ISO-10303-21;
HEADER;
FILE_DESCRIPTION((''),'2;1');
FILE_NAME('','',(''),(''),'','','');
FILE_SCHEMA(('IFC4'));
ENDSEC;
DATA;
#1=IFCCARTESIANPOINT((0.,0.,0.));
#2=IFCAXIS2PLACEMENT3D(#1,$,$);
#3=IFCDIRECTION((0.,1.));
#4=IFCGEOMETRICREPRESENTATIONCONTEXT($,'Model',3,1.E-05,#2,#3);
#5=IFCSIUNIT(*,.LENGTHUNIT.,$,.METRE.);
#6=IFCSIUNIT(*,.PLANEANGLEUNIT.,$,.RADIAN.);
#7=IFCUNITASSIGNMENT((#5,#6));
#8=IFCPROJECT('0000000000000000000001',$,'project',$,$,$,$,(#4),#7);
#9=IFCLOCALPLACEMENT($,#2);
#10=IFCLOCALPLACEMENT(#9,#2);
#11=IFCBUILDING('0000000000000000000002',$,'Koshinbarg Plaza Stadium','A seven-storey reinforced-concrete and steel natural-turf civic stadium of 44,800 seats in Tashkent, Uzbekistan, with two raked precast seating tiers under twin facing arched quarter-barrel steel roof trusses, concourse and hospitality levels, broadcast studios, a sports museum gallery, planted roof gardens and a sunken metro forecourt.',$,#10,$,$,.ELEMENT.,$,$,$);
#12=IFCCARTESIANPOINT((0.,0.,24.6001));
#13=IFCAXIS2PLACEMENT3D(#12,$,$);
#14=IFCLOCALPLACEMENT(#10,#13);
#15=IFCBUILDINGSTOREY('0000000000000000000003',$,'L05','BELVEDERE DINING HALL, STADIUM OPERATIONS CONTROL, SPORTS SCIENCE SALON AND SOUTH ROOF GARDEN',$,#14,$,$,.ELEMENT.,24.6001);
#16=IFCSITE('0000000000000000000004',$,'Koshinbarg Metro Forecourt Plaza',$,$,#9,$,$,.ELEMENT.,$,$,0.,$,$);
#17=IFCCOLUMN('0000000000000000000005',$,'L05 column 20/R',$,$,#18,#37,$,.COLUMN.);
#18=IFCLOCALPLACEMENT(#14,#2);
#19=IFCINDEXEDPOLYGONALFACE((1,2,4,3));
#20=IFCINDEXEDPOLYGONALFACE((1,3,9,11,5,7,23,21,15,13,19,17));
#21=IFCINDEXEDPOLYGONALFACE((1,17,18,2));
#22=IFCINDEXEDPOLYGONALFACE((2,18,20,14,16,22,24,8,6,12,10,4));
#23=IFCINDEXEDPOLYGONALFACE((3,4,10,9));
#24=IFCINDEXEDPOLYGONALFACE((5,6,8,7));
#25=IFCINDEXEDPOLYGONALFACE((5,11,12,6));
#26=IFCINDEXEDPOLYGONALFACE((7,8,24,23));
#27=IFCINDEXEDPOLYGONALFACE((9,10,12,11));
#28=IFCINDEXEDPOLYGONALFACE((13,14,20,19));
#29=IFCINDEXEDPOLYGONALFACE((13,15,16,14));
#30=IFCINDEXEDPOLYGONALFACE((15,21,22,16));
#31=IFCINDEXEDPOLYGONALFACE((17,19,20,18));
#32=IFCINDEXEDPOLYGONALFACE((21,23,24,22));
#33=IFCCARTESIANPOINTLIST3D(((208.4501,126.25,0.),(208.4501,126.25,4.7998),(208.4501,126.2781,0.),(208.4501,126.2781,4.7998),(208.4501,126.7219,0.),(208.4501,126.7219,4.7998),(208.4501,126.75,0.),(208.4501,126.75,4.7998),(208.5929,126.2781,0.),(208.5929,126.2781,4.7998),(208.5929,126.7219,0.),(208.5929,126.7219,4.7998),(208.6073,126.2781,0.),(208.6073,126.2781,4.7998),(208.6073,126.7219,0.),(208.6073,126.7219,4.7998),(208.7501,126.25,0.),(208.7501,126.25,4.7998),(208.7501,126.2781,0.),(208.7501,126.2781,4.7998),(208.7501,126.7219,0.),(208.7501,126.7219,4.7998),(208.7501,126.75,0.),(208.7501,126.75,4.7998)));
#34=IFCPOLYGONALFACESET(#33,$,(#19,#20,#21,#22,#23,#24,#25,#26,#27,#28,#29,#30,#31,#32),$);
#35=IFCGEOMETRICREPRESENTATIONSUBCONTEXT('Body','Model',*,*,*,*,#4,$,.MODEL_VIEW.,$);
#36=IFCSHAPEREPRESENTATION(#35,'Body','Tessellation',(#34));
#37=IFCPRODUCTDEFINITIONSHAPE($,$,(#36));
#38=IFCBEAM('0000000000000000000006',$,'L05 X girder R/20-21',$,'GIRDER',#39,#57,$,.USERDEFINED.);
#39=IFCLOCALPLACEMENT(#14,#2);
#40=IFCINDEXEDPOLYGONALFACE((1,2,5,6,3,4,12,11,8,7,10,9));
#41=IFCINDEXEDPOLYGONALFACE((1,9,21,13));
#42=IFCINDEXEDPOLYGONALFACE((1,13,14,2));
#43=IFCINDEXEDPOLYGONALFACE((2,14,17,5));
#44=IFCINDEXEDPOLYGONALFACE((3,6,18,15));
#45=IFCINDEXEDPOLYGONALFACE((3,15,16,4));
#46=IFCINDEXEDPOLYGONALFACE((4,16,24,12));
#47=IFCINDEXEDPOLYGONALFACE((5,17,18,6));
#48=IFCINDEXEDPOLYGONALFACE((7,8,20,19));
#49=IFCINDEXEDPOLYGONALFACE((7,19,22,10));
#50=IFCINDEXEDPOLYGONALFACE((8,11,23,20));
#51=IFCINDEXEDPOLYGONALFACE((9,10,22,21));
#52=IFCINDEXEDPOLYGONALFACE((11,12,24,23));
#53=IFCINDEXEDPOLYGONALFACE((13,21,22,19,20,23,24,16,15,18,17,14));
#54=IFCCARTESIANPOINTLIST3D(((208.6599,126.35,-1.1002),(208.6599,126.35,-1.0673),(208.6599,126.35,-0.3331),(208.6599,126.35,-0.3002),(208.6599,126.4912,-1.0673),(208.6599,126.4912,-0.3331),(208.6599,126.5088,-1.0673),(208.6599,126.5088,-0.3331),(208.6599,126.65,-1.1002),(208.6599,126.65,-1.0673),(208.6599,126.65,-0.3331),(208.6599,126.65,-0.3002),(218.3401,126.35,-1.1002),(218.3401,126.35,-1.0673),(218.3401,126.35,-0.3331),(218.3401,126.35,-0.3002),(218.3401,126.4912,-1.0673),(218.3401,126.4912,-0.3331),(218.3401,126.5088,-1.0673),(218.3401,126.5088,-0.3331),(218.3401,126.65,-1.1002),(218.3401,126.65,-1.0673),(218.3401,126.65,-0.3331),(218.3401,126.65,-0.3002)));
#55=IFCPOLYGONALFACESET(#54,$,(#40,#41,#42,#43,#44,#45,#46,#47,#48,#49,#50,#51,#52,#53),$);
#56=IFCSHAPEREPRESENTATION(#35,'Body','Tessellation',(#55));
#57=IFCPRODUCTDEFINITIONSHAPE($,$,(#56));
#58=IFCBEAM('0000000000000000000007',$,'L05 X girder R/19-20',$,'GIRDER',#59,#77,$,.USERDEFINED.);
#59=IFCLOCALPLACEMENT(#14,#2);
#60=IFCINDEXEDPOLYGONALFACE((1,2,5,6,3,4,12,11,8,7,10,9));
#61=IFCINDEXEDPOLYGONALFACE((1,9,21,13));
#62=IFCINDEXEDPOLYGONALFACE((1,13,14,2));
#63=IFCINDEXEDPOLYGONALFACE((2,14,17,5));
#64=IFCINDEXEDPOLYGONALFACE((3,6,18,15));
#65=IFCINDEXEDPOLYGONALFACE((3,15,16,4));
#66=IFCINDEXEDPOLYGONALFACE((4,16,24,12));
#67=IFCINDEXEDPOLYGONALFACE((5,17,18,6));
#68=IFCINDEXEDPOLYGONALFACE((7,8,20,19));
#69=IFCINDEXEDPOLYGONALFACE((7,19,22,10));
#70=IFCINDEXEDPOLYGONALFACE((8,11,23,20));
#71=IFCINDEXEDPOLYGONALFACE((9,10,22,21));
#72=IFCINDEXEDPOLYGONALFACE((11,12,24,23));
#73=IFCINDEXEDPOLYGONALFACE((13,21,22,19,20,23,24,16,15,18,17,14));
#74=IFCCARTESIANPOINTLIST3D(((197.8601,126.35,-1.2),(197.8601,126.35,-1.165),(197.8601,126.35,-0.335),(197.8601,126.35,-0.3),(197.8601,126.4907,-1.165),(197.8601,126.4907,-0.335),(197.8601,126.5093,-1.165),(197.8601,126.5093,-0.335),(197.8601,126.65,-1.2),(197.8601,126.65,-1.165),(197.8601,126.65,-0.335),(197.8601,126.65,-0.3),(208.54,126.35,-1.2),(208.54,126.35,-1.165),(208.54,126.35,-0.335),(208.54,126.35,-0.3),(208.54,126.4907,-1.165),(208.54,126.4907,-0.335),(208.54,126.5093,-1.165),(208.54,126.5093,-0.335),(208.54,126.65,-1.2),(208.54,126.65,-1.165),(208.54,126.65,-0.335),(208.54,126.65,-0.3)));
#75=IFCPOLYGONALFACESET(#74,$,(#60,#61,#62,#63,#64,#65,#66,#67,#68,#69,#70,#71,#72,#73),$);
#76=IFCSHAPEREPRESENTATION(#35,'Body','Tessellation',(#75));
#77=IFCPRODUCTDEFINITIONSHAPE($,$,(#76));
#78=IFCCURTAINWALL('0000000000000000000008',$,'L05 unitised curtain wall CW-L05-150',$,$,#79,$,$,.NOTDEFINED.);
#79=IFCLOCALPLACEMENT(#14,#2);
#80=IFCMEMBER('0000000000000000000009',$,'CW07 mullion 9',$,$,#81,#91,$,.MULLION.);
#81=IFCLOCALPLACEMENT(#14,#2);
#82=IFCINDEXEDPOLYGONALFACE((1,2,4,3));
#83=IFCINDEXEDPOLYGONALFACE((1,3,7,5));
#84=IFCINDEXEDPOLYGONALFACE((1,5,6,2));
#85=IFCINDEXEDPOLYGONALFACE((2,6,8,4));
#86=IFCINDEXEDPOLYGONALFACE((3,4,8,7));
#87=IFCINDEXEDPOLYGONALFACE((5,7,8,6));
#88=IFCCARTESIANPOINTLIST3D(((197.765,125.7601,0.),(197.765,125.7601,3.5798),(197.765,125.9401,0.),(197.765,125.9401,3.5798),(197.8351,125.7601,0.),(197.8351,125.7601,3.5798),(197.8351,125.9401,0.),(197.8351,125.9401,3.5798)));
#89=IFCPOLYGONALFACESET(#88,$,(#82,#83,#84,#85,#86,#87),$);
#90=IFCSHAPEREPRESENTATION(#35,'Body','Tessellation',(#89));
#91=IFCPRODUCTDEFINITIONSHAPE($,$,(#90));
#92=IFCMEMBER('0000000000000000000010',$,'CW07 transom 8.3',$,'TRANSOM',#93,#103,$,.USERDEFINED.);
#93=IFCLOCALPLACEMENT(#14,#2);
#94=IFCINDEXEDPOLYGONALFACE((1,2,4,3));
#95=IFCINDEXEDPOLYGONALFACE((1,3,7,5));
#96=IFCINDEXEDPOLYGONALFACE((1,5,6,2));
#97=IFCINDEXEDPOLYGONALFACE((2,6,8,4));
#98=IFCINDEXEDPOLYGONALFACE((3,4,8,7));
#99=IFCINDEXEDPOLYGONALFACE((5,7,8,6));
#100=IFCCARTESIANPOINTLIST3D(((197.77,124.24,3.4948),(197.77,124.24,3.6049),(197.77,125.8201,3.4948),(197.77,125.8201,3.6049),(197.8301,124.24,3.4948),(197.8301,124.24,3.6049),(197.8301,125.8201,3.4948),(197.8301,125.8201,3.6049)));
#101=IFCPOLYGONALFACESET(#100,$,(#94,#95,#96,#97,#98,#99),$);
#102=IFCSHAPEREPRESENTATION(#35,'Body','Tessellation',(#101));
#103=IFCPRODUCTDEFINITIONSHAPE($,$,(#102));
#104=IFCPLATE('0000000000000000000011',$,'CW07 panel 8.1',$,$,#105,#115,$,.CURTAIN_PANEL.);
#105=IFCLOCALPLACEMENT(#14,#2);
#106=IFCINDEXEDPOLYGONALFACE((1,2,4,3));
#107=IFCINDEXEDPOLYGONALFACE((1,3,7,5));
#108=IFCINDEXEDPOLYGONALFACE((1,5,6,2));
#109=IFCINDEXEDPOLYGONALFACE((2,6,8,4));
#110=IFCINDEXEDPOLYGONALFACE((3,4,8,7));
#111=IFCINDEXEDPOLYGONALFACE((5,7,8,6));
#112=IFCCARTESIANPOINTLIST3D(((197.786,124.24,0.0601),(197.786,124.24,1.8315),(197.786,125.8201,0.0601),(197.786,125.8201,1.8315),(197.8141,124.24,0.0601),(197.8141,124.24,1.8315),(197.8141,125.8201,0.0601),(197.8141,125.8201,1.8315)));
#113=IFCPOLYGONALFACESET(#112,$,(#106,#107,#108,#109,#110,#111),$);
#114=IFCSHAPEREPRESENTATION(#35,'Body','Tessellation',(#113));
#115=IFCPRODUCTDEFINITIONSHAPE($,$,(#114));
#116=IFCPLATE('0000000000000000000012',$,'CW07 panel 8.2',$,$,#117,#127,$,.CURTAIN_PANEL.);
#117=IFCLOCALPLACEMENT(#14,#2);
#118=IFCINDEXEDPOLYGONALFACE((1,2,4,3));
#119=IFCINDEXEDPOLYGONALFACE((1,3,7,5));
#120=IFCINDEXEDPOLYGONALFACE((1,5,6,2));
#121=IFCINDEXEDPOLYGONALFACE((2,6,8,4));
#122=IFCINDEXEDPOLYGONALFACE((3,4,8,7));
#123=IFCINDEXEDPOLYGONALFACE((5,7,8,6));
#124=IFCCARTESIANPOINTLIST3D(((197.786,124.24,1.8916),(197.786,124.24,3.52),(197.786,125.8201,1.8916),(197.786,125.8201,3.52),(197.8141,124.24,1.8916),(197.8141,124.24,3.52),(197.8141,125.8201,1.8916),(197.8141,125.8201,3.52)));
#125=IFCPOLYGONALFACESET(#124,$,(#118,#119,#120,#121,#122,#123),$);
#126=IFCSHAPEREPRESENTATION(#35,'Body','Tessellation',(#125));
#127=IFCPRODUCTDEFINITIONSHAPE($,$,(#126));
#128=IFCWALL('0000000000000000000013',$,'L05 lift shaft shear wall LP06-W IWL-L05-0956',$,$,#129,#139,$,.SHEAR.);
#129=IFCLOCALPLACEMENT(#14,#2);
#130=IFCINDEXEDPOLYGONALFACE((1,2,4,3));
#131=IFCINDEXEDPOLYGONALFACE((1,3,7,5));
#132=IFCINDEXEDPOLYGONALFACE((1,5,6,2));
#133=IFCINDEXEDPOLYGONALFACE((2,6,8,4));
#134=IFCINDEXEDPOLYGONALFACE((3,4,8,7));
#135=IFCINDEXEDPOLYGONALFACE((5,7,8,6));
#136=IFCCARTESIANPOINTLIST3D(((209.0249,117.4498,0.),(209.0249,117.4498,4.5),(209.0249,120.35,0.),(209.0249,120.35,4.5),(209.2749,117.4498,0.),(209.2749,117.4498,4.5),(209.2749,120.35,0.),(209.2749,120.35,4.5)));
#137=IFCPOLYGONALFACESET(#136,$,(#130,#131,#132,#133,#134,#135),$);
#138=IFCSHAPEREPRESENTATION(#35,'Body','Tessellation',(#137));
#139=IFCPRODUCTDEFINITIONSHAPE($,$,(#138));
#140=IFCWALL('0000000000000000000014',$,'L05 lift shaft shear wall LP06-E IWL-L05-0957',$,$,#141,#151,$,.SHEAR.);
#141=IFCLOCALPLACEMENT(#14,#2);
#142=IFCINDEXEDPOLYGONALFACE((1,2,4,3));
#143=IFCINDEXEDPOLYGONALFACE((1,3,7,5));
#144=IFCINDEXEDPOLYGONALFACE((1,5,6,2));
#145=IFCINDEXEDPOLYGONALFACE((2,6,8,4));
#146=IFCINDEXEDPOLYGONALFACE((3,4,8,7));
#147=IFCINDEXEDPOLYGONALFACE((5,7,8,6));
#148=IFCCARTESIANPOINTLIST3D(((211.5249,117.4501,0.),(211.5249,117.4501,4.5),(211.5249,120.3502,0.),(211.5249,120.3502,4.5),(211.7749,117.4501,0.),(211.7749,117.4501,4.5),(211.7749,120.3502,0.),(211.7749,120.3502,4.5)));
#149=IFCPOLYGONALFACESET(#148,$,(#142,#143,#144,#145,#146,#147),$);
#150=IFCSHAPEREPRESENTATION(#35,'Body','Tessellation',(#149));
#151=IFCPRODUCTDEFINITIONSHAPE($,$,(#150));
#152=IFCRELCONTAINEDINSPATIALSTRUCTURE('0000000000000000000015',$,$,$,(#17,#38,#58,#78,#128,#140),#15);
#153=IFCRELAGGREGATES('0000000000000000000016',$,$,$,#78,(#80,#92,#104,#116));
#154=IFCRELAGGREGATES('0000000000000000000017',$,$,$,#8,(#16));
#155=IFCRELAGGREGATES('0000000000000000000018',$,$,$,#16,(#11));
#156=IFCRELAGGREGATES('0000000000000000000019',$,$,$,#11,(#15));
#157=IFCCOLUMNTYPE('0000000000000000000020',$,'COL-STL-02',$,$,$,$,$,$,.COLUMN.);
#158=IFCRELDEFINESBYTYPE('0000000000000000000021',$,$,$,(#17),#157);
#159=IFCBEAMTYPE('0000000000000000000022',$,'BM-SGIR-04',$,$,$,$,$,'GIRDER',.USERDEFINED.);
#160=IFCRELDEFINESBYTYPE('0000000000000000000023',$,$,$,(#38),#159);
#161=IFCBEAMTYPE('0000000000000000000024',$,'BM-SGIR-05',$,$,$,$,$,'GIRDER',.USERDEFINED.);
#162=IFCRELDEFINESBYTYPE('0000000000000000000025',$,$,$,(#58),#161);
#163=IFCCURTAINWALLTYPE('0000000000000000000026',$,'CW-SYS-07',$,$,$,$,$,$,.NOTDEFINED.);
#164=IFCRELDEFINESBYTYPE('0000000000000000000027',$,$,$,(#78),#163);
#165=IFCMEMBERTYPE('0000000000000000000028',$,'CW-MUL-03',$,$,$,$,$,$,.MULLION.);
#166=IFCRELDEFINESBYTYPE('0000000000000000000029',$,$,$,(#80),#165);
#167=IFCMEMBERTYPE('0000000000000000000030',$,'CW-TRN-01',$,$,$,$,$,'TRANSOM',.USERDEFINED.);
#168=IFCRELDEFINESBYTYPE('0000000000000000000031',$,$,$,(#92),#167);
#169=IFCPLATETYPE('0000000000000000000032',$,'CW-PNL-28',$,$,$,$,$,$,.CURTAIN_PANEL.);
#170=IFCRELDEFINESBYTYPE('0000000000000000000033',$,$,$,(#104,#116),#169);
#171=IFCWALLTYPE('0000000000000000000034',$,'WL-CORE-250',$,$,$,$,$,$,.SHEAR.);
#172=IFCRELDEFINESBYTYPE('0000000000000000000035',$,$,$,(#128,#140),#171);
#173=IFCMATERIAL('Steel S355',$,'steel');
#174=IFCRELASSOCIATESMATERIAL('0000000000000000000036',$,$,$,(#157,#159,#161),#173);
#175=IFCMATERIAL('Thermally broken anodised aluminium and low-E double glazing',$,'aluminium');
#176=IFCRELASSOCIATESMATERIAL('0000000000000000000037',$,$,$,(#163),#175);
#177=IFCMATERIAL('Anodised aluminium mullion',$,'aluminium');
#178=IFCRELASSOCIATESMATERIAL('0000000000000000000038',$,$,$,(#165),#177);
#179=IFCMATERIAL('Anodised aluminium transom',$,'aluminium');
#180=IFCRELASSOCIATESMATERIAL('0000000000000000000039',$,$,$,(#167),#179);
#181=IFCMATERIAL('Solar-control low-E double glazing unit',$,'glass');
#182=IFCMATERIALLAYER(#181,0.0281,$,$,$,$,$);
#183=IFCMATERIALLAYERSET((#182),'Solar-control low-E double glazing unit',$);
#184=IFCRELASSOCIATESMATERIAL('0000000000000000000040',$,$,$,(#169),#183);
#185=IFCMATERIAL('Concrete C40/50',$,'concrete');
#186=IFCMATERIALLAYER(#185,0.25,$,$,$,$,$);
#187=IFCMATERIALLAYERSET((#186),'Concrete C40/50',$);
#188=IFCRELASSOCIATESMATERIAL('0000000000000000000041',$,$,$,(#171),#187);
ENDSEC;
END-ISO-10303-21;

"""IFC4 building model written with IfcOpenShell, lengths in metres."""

from ifc_helpers import new_model, si_unit, direction, frame, frame_2d, origin, origin_2d, place, context, subcontext, project, spatial, rectangle, i_section, extrude, material, layer, layer_set, material_profile, profile_set, type_object, element, aggregate, save


model = new_model("IFC4")

# Units and contexts
model_context = context("Model", 3, precision=1e-05, world=origin(), true_north=direction((0.0, 1.0)))
body_context = subcontext(model_context, "Body", "Model", "MODEL_VIEW")
ifc_project = project(units=[si_unit("LENGTHUNIT", "METRE"), si_unit("PLANEANGLEUNIT", "RADIAN")], contexts=[model_context])

# Site, building, storey
site_placement = place(None, origin())
site = spatial("IfcSite", under=ifc_project, at=site_placement, Name="Koshinbarg Metro Forecourt Plaza", CompositionType="ELEMENT", RefElevation=0.0)
building_placement = place(site_placement, origin())
building = spatial("IfcBuilding", under=site, at=building_placement, Name="Koshinbarg Plaza Stadium", Description="A seven-storey reinforced-concrete and steel natural-turf civic stadium of 44,800 seats in Tashkent, Uzbekistan, with two raked precast seating tiers under twin facing arched quarter-barrel steel roof trusses, concourse and hospitality levels, broadcast studios, a sports museum gallery, planted roof gardens and a sunken metro forecourt.", CompositionType="ELEMENT")
storey_placement = place(building_placement, frame((0.0, 0.0, 24.6001)))
storey = spatial("IfcBuildingStorey", under=building, at=storey_placement, Name="L05", Description="BELVEDERE DINING HALL, STADIUM OPERATIONS CONTROL, SPORTS SCIENCE SALON AND SOUTH ROOF GARDEN", CompositionType="ELEMENT", Elevation=24.6001)

# Column
ifc_material_1 = material(Name="Steel S355", Category="steel")
ifc_material_profile_1 = material_profile(ifc_material_1, i_section(OverallWidth=0.3, OverallDepth=0.5, WebThickness=0.0144, FlangeThickness=0.0281, at=origin_2d()), Name="HEB 500")
ifc_profile_set_1 = profile_set([ifc_material_profile_1], Name="Steel S355")
column_type = type_object("IfcColumnType", Name="COL-STL-02", PredefinedType="COLUMN", material=ifc_profile_set_1)
column_placement = place(storey_placement, frame((208.6001, 126.5, 0.0), z_axis=(0.0, 0.0, 1.0), x_axis=(1.0, 0.0, 0.0)))
element("IfcColumn", 1, at=column_placement, inside=storey, type_object=column_type, Name="L05 column 20/R", PredefinedType="COLUMN", context=body_context, shape_type="SweptSolid", body=[
    extrude(i_section(OverallWidth=0.3, OverallDepth=0.5, WebThickness=0.0144, FlangeThickness=0.0281, at=origin_2d()), origin(), (0.0, 0.0, 1.0), 4.7998),
])

# Beams
ifc_material_profile_2 = material_profile(ifc_material_1, i_section(OverallWidth=0.3, OverallDepth=0.8, WebThickness=0.0176, FlangeThickness=0.033, at=origin_2d()), Name="HEB 800")
ifc_profile_set_2 = profile_set([ifc_material_profile_2], Name="Steel S355")
beam_type_1 = type_object("IfcBeamType", Name="BM-SGIR-04", ElementType="GIRDER", PredefinedType="USERDEFINED", material=ifc_profile_set_2)
beam_1_placement = place(storey_placement, frame((208.6599, 126.5, -0.7002), z_axis=(1.0, 0.0, 0.0), x_axis=(0.0, 1.0, 0.0)))
element("IfcBeam", 2, at=beam_1_placement, inside=storey, type_object=beam_type_1, Name="L05 X girder R/20-21", ObjectType="GIRDER", PredefinedType="USERDEFINED", context=body_context, shape_type="SweptSolid", body=[
    extrude(i_section(OverallWidth=0.3, OverallDepth=0.8, WebThickness=0.0176, FlangeThickness=0.033, at=origin_2d()), origin(), (0.0, 0.0, 1.0), 9.6802),
])
ifc_material_profile_3 = material_profile(ifc_material_1, i_section(OverallWidth=0.3, OverallDepth=0.8999, WebThickness=0.0186, FlangeThickness=0.0349, at=origin_2d()), Name="HEB 900")
ifc_profile_set_3 = profile_set([ifc_material_profile_3], Name="Steel S355")
beam_type_2 = type_object("IfcBeamType", Name="BM-SGIR-05", ElementType="GIRDER", PredefinedType="USERDEFINED", material=ifc_profile_set_3)
beam_2_placement = place(storey_placement, frame((197.8601, 126.5, -0.75), z_axis=(1.0, 0.0, 0.0), x_axis=(0.0, 1.0, 0.0)))
element("IfcBeam", 3, at=beam_2_placement, inside=storey, type_object=beam_type_2, Name="L05 X girder R/19-20", ObjectType="GIRDER", PredefinedType="USERDEFINED", context=body_context, shape_type="SweptSolid", body=[
    extrude(i_section(OverallWidth=0.3, OverallDepth=0.8999, WebThickness=0.0186, FlangeThickness=0.0349, at=origin_2d()), origin(), (0.0, 0.0, 1.0), 10.6799),
])

# Curtain wall, members, plates
ifc_material_2 = material(Name="Thermally broken anodised aluminium and low-E double glazing", Category="aluminium")
curtain_wall_type = type_object("IfcCurtainWallType", Name="CW-SYS-07", PredefinedType="NOTDEFINED", material=ifc_material_2)
curtain_wall_placement = place(storey_placement, origin())
curtain_wall = element("IfcCurtainWall", 4, at=curtain_wall_placement, inside=storey, type_object=curtain_wall_type, Name="L05 unitised curtain wall CW-L05-150", PredefinedType="NOTDEFINED")
ifc_material_3 = material(Name="Anodised aluminium mullion", Category="aluminium")
ifc_material_profile_4 = material_profile(ifc_material_3, rectangle(XDim=0.0701, YDim=0.1799, at=origin_2d()), Name="ALU 70x180")
ifc_profile_set_4 = profile_set([ifc_material_profile_4], Name="Anodised aluminium mullion")
member_type_1 = type_object("IfcMemberType", Name="CW-MUL-03", PredefinedType="MULLION", material=ifc_profile_set_4)
member_1_placement = place(storey_placement, frame((197.8, 125.8501, 0.0), z_axis=(0.0, 0.0, 1.0), x_axis=(-1.0, 0.0, 0.0)))
member_1 = element("IfcMember", 5, at=member_1_placement, type_object=member_type_1, Name="CW07 mullion 9", PredefinedType="MULLION", context=body_context, shape_type="SweptSolid", body=[
    extrude(rectangle(XDim=0.0701, YDim=0.1799, at=origin_2d()), origin(), (0.0, 0.0, 1.0), 3.5798),
])
ifc_material_4 = material(Name="Anodised aluminium transom", Category="aluminium")
ifc_material_profile_5 = material_profile(ifc_material_4, rectangle(XDim=0.0601, YDim=0.1101, at=origin_2d()), Name="ALU 60x110")
ifc_profile_set_5 = profile_set([ifc_material_profile_5], Name="Anodised aluminium transom")
member_type_2 = type_object("IfcMemberType", Name="CW-TRN-01", ElementType="TRANSOM", PredefinedType="USERDEFINED", material=ifc_profile_set_5)
member_2_placement = place(storey_placement, frame((197.8, 124.24, 3.5498), z_axis=(0.0, 1.0, 0.0), x_axis=(-1.0, 0.0, 0.0)))
member_2 = element("IfcMember", 6, at=member_2_placement, type_object=member_type_2, Name="CW07 transom 8.3", ObjectType="TRANSOM", PredefinedType="USERDEFINED", context=body_context, shape_type="SweptSolid", body=[
    extrude(rectangle(XDim=0.0601, YDim=0.1101, at=origin_2d()), origin(), (0.0, 0.0, 1.0), 1.5801),
])
ifc_material_5 = material(Name="Solar-control low-E double glazing unit", Category="glass")
ifc_layer_1 = layer(ifc_material_5, 0.0281)
ifc_layer_set_1 = layer_set([ifc_layer_1], Name="Solar-control low-E double glazing unit")
plate_type = type_object("IfcPlateType", Name="CW-PNL-28", PredefinedType="CURTAIN_PANEL", material=ifc_layer_set_1)
plate_1_placement = place(storey_placement, frame((197.8, 125.03, 0.0601), z_axis=(0.0, 0.0, 1.0), x_axis=(0.0, 1.0, 0.0)))
plate_1 = element("IfcPlate", 7, at=plate_1_placement, type_object=plate_type, Name="CW07 panel 8.1", PredefinedType="CURTAIN_PANEL", context=body_context, shape_type="SweptSolid", body=[
    extrude(rectangle(XDim=1.5801, YDim=0.0281, at=origin_2d()), origin(), (0.0, 0.0, 1.0), 1.7715),
])
plate_2_placement = place(storey_placement, frame((197.8, 125.03, 1.8916), z_axis=(0.0, 0.0, 1.0), x_axis=(0.0, 1.0, 0.0)))
plate_2 = element("IfcPlate", 8, at=plate_2_placement, type_object=plate_type, Name="CW07 panel 8.2", PredefinedType="CURTAIN_PANEL", context=body_context, shape_type="SweptSolid", body=[
    extrude(rectangle(XDim=1.5801, YDim=0.0281, at=origin_2d()), origin(), (0.0, 0.0, 1.0), 1.6284),
])
aggregate(curtain_wall, [member_1, member_2, plate_1, plate_2])

# Shared definitions
ifc_material_6 = material(Name="Concrete C40/50", Category="concrete")
ifc_layer_2 = layer(ifc_material_6, 0.25)
ifc_layer_set_2 = layer_set([ifc_layer_2], Name="Concrete C40/50")
wall_type_1 = type_object("IfcWallType", Name="WL-CORE-250", PredefinedType="SHEAR", material=ifc_layer_set_2)

# Walls
for number, where, z_axis, x_axis, name in (
    (9, (209.1499, 120.3501, 0.0), (0.0, 0.0, 1.0), (0.0, -1.0, 0.0), "L05 lift shaft shear wall LP06-W IWL-L05-0956"),
    (10, (211.6499, 117.45, 0.0), (0.0, 0.0, 1.0), (0.0, 1.0, 0.0), "L05 lift shaft shear wall LP06-E IWL-L05-0957"),
):
    element("IfcWall", number, at=place(storey_placement, frame(where, z_axis=z_axis, x_axis=x_axis)), inside=storey, type_object=wall_type_1, Name=name, PredefinedType="SHEAR", context=body_context, shape_type="SweptSolid", body=[
        extrude(rectangle(XDim=2.9001, YDim=0.25, at=frame_2d((1.4502, 0.0))), origin(), (0.0, 0.0, 1.0), 4.5),
    ])

save(model, "model.ifc")
